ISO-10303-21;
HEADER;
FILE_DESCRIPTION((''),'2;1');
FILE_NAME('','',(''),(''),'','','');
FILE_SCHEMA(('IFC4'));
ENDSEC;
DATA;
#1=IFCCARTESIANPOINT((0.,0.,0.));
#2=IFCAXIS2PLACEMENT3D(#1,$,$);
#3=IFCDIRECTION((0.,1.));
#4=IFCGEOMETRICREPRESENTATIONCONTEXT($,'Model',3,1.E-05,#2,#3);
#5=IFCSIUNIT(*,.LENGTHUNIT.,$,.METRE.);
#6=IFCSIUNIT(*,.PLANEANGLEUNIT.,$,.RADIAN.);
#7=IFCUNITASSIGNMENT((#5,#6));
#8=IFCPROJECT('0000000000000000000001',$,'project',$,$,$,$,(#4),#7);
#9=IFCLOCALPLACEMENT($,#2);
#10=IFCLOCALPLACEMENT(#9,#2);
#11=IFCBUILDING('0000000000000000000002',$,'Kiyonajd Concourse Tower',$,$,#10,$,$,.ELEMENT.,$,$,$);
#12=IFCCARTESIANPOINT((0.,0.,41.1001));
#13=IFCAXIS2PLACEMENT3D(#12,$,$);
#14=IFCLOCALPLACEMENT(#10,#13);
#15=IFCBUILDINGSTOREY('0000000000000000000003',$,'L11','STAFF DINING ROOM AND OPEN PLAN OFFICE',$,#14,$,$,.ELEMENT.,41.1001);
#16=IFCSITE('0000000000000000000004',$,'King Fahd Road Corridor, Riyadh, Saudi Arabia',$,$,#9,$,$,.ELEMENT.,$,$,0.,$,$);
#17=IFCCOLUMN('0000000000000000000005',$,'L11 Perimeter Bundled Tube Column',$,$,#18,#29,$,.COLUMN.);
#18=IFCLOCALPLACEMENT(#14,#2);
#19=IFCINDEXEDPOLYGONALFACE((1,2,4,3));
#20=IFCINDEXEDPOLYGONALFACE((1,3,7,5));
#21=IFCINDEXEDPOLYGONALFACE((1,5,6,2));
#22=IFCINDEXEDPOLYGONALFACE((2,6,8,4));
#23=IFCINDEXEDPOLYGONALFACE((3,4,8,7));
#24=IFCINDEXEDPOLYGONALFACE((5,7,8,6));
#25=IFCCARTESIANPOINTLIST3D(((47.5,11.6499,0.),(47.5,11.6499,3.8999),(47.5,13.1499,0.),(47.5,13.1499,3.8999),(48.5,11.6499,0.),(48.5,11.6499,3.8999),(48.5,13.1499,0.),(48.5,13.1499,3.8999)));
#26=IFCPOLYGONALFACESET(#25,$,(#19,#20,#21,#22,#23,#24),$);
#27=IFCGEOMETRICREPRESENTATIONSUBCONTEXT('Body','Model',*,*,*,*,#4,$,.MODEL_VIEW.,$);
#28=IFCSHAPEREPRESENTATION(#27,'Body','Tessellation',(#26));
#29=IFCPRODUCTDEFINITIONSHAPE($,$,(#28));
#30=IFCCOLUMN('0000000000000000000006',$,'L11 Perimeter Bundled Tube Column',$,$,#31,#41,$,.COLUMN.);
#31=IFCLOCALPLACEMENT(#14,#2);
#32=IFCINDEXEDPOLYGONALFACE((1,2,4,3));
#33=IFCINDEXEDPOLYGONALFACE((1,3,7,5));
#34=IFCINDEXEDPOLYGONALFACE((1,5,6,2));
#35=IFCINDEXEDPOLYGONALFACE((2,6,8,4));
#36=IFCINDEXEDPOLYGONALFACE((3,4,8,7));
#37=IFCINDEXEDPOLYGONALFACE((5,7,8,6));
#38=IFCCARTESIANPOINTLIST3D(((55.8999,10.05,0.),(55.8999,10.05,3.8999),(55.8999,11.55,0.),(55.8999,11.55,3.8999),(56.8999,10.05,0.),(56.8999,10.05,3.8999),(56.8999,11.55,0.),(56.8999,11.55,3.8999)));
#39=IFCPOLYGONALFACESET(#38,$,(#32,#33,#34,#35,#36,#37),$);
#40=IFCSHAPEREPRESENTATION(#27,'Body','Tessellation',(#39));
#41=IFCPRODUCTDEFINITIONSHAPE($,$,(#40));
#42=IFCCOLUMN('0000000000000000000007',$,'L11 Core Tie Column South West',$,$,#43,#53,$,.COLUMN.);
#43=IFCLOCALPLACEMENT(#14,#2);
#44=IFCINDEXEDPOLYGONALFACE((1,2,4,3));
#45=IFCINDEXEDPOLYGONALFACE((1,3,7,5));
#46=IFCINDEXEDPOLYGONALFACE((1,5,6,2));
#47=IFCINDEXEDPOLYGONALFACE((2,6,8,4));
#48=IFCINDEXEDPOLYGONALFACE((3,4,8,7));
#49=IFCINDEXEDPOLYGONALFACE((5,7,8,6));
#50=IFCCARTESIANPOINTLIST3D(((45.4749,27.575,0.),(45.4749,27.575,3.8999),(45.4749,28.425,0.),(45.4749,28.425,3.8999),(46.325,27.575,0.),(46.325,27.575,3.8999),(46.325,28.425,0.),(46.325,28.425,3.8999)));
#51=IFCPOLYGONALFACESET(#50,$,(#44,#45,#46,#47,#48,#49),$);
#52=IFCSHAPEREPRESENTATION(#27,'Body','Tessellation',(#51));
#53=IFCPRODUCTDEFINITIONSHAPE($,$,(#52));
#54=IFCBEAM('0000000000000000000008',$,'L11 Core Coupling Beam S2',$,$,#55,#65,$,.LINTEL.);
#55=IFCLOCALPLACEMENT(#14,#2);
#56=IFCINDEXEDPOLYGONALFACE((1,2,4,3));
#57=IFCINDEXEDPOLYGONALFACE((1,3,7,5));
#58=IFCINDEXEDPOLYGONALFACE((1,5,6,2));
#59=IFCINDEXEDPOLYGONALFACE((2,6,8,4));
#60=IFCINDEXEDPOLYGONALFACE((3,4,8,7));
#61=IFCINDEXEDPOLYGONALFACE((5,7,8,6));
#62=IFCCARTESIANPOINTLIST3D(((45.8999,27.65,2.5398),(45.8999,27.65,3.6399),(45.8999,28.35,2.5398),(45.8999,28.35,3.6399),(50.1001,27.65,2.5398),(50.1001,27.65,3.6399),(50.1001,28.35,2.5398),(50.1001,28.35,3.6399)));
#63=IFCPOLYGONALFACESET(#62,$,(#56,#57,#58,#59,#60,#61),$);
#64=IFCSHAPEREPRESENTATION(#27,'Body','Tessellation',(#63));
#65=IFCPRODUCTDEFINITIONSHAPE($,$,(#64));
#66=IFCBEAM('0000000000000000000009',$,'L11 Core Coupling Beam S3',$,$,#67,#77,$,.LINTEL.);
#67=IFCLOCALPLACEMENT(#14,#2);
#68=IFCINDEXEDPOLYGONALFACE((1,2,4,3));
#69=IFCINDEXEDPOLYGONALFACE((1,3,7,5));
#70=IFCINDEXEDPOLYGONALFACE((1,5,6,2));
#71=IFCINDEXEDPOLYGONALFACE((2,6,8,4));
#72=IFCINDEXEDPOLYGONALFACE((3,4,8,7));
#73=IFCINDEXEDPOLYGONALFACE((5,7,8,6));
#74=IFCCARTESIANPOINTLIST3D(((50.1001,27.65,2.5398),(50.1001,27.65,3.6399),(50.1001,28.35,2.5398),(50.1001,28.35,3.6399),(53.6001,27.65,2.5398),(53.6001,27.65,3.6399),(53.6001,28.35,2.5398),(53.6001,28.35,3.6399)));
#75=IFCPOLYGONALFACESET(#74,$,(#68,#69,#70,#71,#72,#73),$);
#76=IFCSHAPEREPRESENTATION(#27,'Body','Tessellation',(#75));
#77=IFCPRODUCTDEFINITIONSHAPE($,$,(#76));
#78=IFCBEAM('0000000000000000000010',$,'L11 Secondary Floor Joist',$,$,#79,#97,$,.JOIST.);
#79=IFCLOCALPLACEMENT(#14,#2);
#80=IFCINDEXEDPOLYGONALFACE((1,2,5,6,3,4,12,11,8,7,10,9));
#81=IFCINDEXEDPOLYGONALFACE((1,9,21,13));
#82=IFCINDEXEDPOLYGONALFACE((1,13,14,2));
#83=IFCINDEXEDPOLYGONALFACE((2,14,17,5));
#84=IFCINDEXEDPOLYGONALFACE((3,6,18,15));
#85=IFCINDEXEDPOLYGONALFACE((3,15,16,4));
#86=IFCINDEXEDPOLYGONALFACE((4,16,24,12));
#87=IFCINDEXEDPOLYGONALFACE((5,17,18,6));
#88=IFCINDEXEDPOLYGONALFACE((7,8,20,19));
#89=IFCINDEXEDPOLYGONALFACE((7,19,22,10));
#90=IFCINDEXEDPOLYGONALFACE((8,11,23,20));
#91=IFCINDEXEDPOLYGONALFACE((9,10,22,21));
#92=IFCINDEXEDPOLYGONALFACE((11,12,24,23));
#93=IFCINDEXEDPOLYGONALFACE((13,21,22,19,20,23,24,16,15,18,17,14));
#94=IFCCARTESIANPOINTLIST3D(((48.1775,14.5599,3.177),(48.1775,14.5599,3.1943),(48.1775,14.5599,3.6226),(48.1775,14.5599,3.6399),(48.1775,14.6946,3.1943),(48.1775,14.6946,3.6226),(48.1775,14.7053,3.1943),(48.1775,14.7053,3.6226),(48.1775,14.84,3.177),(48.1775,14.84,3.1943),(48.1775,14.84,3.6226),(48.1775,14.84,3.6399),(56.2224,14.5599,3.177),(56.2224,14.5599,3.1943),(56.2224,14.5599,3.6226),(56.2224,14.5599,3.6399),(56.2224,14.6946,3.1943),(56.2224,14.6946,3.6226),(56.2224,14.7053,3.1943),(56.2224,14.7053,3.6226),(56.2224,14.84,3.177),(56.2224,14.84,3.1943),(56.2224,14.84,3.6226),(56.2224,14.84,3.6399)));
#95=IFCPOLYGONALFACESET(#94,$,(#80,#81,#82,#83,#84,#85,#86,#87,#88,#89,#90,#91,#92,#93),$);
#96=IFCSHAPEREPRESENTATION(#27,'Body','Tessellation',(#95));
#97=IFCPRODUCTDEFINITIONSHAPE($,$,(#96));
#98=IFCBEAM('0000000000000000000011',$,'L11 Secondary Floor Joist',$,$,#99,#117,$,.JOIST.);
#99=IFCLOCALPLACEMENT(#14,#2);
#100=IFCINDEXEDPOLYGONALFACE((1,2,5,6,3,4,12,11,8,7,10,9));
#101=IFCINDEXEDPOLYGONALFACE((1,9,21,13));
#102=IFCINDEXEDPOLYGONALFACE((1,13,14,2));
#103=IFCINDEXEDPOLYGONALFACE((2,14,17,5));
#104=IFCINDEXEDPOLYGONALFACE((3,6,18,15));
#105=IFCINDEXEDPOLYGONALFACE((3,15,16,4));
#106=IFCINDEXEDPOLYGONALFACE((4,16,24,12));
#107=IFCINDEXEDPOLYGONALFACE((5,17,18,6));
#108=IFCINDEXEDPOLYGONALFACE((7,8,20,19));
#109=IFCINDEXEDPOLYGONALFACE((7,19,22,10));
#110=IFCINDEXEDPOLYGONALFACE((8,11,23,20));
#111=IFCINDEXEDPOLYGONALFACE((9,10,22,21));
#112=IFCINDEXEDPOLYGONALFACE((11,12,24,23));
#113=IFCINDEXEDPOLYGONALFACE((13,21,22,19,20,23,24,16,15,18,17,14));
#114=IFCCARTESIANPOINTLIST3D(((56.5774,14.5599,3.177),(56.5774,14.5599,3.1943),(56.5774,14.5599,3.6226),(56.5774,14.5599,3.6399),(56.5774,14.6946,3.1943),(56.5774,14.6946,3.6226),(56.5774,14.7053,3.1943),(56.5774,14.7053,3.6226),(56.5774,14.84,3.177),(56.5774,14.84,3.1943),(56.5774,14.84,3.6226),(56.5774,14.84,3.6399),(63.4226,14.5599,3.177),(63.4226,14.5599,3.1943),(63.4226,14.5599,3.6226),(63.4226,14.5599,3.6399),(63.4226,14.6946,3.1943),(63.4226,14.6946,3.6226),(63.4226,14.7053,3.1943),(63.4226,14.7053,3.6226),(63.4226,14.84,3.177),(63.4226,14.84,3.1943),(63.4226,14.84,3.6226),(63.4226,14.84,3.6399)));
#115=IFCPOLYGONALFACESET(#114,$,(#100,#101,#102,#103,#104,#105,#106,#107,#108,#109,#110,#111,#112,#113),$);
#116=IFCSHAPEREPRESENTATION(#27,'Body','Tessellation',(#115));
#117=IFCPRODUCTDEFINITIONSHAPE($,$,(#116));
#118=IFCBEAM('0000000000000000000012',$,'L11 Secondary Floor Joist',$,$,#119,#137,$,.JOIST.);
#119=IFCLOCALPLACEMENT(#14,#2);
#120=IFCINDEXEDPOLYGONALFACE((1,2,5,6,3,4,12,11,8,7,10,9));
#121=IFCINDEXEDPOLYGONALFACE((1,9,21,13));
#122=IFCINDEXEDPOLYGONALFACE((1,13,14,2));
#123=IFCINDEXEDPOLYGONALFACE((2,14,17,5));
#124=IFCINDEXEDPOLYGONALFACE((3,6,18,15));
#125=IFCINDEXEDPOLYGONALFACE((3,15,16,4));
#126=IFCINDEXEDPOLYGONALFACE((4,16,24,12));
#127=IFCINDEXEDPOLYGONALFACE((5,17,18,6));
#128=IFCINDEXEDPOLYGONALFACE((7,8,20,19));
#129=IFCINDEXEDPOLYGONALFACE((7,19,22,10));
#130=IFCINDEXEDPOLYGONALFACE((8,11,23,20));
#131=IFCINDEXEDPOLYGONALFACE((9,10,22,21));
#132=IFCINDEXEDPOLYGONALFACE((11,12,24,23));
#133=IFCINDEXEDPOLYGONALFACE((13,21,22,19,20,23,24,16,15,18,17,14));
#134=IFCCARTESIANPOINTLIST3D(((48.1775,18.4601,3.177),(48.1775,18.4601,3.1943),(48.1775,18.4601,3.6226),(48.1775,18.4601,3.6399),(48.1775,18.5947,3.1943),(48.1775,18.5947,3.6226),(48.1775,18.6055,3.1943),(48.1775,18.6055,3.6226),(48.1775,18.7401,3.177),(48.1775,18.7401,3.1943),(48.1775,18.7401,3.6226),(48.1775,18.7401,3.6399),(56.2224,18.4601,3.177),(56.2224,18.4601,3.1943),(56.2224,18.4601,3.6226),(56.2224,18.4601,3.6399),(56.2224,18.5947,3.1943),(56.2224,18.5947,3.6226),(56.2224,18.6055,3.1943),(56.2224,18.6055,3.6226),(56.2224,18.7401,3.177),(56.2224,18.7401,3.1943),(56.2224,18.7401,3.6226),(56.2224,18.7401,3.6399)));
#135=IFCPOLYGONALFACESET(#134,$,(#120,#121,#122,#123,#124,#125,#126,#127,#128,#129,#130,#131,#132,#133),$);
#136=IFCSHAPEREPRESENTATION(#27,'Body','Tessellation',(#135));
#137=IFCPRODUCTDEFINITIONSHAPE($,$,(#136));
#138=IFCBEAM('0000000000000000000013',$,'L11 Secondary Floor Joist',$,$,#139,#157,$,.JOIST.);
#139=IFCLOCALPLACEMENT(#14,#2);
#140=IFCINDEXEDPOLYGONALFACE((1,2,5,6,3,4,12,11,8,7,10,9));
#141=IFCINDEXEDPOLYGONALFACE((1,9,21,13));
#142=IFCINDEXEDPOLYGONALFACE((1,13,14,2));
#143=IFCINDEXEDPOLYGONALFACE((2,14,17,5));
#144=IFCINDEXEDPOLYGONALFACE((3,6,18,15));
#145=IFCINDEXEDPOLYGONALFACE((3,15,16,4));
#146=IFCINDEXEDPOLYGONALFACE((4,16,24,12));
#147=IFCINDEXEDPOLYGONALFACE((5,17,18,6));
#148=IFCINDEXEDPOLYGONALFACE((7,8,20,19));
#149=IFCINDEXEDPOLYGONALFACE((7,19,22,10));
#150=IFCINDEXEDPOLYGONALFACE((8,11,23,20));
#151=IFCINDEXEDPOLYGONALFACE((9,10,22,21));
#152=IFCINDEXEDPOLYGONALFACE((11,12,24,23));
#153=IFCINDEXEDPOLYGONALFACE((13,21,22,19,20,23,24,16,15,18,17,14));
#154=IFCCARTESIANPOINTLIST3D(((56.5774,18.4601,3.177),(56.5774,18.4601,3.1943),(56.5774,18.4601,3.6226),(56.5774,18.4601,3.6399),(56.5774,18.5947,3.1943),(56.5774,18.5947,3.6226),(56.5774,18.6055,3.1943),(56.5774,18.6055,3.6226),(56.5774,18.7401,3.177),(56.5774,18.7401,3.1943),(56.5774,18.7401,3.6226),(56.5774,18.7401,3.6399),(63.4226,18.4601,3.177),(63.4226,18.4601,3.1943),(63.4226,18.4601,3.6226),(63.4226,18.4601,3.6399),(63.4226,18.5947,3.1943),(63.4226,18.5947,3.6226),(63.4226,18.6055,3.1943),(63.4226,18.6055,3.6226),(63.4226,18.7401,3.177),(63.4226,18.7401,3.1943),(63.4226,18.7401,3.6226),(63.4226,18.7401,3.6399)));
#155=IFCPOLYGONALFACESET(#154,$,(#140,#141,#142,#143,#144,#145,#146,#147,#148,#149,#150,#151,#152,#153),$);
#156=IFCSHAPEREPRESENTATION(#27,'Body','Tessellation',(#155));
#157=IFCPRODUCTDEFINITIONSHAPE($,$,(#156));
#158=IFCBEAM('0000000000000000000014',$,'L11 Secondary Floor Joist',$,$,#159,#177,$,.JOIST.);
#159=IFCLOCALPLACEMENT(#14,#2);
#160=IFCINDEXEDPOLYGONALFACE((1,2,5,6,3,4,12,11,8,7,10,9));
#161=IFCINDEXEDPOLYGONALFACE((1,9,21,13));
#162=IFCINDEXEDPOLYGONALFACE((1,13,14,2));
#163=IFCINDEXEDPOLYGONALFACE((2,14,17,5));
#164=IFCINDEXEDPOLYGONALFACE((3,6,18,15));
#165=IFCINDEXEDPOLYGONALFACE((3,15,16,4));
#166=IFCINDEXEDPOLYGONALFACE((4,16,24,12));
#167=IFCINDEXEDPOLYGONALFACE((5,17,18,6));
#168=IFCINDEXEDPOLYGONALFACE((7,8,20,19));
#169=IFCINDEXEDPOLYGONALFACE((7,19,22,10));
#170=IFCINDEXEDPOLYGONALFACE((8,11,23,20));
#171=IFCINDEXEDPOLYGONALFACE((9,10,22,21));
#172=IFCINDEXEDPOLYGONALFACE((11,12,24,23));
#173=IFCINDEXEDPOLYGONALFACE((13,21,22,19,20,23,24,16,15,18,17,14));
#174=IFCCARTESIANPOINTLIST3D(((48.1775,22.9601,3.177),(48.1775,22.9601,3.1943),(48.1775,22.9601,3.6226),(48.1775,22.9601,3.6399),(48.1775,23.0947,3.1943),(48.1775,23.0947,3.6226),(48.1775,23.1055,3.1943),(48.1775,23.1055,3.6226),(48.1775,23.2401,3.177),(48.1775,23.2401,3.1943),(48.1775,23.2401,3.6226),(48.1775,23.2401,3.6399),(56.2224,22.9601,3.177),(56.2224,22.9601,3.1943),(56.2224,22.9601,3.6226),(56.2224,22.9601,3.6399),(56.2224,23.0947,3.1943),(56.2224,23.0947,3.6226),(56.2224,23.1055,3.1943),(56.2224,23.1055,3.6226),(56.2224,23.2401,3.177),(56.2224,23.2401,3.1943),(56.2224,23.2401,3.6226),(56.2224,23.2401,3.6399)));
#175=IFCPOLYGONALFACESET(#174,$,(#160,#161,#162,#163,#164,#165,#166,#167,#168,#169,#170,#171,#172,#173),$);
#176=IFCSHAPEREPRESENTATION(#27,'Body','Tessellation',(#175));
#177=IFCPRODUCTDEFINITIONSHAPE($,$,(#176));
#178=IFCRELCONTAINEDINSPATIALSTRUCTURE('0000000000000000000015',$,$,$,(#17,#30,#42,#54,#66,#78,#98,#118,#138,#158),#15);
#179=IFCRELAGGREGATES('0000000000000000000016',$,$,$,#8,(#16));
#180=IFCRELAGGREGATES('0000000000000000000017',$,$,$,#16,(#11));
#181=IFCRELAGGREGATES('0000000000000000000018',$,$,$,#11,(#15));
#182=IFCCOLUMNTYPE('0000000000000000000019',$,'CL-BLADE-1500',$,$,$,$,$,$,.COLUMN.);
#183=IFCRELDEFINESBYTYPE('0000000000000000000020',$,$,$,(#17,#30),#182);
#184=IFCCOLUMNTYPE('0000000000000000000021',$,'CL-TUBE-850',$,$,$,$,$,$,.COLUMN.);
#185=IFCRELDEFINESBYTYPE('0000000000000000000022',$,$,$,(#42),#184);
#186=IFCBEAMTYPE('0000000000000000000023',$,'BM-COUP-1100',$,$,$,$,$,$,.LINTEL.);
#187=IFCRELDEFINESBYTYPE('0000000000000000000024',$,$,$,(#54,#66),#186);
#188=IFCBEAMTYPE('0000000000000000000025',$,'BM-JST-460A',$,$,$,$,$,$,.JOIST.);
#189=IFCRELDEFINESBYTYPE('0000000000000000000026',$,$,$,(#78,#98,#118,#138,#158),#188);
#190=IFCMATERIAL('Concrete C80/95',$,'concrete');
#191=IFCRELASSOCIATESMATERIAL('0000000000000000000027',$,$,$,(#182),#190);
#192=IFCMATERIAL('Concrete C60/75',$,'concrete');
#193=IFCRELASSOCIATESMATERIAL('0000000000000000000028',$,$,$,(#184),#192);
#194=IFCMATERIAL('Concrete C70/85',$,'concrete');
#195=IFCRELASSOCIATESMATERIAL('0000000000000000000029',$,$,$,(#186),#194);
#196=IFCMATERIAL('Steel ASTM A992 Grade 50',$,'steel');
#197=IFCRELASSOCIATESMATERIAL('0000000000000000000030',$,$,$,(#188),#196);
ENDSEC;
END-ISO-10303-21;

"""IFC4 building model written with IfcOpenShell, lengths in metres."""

from ifc_helpers import new_model, si_unit, direction, frame, origin, origin_2d, place, context, subcontext, project, spatial, rectangle, i_section, extrude, material, material_profile, profile_set, type_object, element, save


model = new_model("IFC4")

# Units and contexts
model_context = context("Model", 3, precision=1e-05, world=origin(), true_north=direction((0.0, 1.0)))
body_context = subcontext(model_context, "Body", "Model", "MODEL_VIEW")
ifc_project = project(units=[si_unit("LENGTHUNIT", "METRE"), si_unit("PLANEANGLEUNIT", "RADIAN")], contexts=[model_context])

# Site, building, storey
site_placement = place(None, origin())
site = spatial("IfcSite", under=ifc_project, at=site_placement, Name="King Fahd Road Corridor, Riyadh, Saudi Arabia", CompositionType="ELEMENT", RefElevation=0.0)
building_placement = place(site_placement, origin())
building = spatial("IfcBuilding", under=site, at=building_placement, Name="Kiyonajd Concourse Tower", CompositionType="ELEMENT")
storey_placement = place(building_placement, frame((0.0, 0.0, 41.1001)))
storey = spatial("IfcBuildingStorey", under=building, at=storey_placement, Name="L11", Description="STAFF DINING ROOM AND OPEN PLAN OFFICE", CompositionType="ELEMENT", Elevation=41.1001)

# Columns
ifc_material_1 = material(Name="Concrete C80/95", Category="concrete")
ifc_material_profile_1 = material_profile(ifc_material_1, rectangle(XDim=1.0, YDim=1.5, at=origin_2d()), Name="RC-1500x1000")
ifc_profile_set_1 = profile_set([ifc_material_profile_1], Name="Concrete C80/95")
column_type_1 = type_object("IfcColumnType", Name="CL-BLADE-1500", PredefinedType="COLUMN", material=ifc_profile_set_1)
for number, where, z_axis, x_axis, name in (
    (1, (48.0, 12.3999, 0.0), (0.0, 0.0, 1.0), (1.0, 0.0, 0.0), "L11 Perimeter Bundled Tube Column"),
    (2, (56.3999, 10.8, 0.0), (0.0, 0.0, 1.0), (1.0, 0.0, 0.0), "L11 Perimeter Bundled Tube Column"),
):
    element("IfcColumn", number, at=place(storey_placement, frame(where, z_axis=z_axis, x_axis=x_axis)), inside=storey, type_object=column_type_1, Name=name, PredefinedType="COLUMN", context=body_context, shape_type="SweptSolid", body=[
        extrude(rectangle(XDim=1.0, YDim=1.5, at=origin_2d()), origin(), (0.0, 0.0, 1.0), 3.8999),
    ])
ifc_material_2 = material(Name="Concrete C60/75", Category="concrete")
ifc_material_profile_2 = material_profile(ifc_material_2, rectangle(XDim=0.8501, YDim=0.8501, at=origin_2d()), Name="RC-850x850")
ifc_profile_set_2 = profile_set([ifc_material_profile_2], Name="Concrete C60/75")
column_type_2 = type_object("IfcColumnType", Name="CL-TUBE-850", PredefinedType="COLUMN", material=ifc_profile_set_2)
column_placement = place(storey_placement, frame((45.8999, 28.0, 0.0), z_axis=(0.0, 0.0, 1.0), x_axis=(1.0, 0.0, 0.0)))
element("IfcColumn", 3, at=column_placement, inside=storey, type_object=column_type_2, Name="L11 Core Tie Column South West", PredefinedType="COLUMN", context=body_context, shape_type="SweptSolid", body=[
    extrude(rectangle(XDim=0.8501, YDim=0.8501, at=origin_2d()), origin(), (0.0, 0.0, 1.0), 3.8999),
])

# Beams
ifc_material_3 = material(Name="Concrete C70/85", Category="concrete")
ifc_material_profile_3 = material_profile(ifc_material_3, rectangle(XDim=0.7, YDim=1.1001, at=origin_2d()), Name="RCBM-700x1100")
ifc_profile_set_3 = profile_set([ifc_material_profile_3], Name="Concrete C70/85")
beam_type_1 = type_object("IfcBeamType", Name="BM-COUP-1100", PredefinedType="LINTEL", material=ifc_profile_set_3)
beam_1_placement = place(storey_placement, frame((45.8999, 28.0, 3.0898), z_axis=(1.0, 0.0, 0.0), x_axis=(0.0, 1.0, 0.0)))
element("IfcBeam", 4, at=beam_1_placement, inside=storey, type_object=beam_type_1, Name="L11 Core Coupling Beam S2", PredefinedType="LINTEL", context=body_context, shape_type="SweptSolid", body=[
    extrude(rectangle(XDim=0.7, YDim=1.1001, at=origin_2d()), origin(), (0.0, 0.0, 1.0), 4.2002),
])
beam_2_placement = place(storey_placement, frame((50.1001, 28.0, 3.0898), z_axis=(1.0, 0.0, 0.0), x_axis=(0.0, 1.0, 0.0)))
element("IfcBeam", 5, at=beam_2_placement, inside=storey, type_object=beam_type_1, Name="L11 Core Coupling Beam S3", PredefinedType="LINTEL", context=body_context, shape_type="SweptSolid", body=[
    extrude(rectangle(XDim=0.7, YDim=1.1001, at=origin_2d()), origin(), (0.0, 0.0, 1.0), 3.5),
])
ifc_material_4 = material(Name="Steel ASTM A992 Grade 50", Category="steel")
ifc_material_profile_4 = material_profile(ifc_material_4, i_section(OverallWidth=0.28, OverallDepth=0.4629, WebThickness=0.0107, FlangeThickness=0.0173, at=origin_2d()), Name="W460X113")
ifc_profile_set_4 = profile_set([ifc_material_profile_4], Name="Steel ASTM A992 Grade 50")
beam_type_2 = type_object("IfcBeamType", Name="BM-JST-460A", PredefinedType="JOIST", material=ifc_profile_set_4)
beam_3_placement = place(storey_placement, frame((48.1775, 14.7, 3.4084), z_axis=(1.0, 0.0, 0.0), x_axis=(0.0, 1.0, 0.0)))
element("IfcBeam", 6, at=beam_3_placement, inside=storey, type_object=beam_type_2, Name="L11 Secondary Floor Joist", PredefinedType="JOIST", context=body_context, shape_type="SweptSolid", body=[
    extrude(i_section(OverallWidth=0.28, OverallDepth=0.4629, WebThickness=0.0107, FlangeThickness=0.0173, at=origin_2d()), origin(), (0.0, 0.0, 1.0), 8.0449),
])
beam_4_placement = place(storey_placement, frame((56.5774, 14.7, 3.4084), z_axis=(1.0, 0.0, 0.0), x_axis=(0.0, 1.0, 0.0)))
element("IfcBeam", 7, at=beam_4_placement, inside=storey, type_object=beam_type_2, Name="L11 Secondary Floor Joist", PredefinedType="JOIST", context=body_context, shape_type="SweptSolid", body=[
    extrude(i_section(OverallWidth=0.28, OverallDepth=0.4629, WebThickness=0.0107, FlangeThickness=0.0173, at=origin_2d()), origin(), (0.0, 0.0, 1.0), 6.8452),
])
beam_5_placement = place(storey_placement, frame((48.1775, 18.6001, 3.4084), z_axis=(1.0, 0.0, 0.0), x_axis=(0.0, 1.0, 0.0)))
element("IfcBeam", 8, at=beam_5_placement, inside=storey, type_object=beam_type_2, Name="L11 Secondary Floor Joist", PredefinedType="JOIST", context=body_context, shape_type="SweptSolid", body=[
    extrude(i_section(OverallWidth=0.28, OverallDepth=0.4629, WebThickness=0.0107, FlangeThickness=0.0173, at=origin_2d()), origin(), (0.0, 0.0, 1.0), 8.0449),
])
beam_6_placement = place(storey_placement, frame((56.5774, 18.6001, 3.4084), z_axis=(1.0, 0.0, 0.0), x_axis=(0.0, 1.0, 0.0)))
element("IfcBeam", 9, at=beam_6_placement, inside=storey, type_object=beam_type_2, Name="L11 Secondary Floor Joist", PredefinedType="JOIST", context=body_context, shape_type="SweptSolid", body=[
    extrude(i_section(OverallWidth=0.28, OverallDepth=0.4629, WebThickness=0.0107, FlangeThickness=0.0173, at=origin_2d()), origin(), (0.0, 0.0, 1.0), 6.8452),
])
beam_7_placement = place(storey_placement, frame((48.1775, 23.1001, 3.4084), z_axis=(1.0, 0.0, 0.0), x_axis=(0.0, 1.0, 0.0)))
element("IfcBeam", 10, at=beam_7_placement, inside=storey, type_object=beam_type_2, Name="L11 Secondary Floor Joist", PredefinedType="JOIST", context=body_context, shape_type="SweptSolid", body=[
    extrude(i_section(OverallWidth=0.28, OverallDepth=0.4629, WebThickness=0.0107, FlangeThickness=0.0173, at=origin_2d()), origin(), (0.0, 0.0, 1.0), 8.0449),
])

save(model, "model.ifc")
